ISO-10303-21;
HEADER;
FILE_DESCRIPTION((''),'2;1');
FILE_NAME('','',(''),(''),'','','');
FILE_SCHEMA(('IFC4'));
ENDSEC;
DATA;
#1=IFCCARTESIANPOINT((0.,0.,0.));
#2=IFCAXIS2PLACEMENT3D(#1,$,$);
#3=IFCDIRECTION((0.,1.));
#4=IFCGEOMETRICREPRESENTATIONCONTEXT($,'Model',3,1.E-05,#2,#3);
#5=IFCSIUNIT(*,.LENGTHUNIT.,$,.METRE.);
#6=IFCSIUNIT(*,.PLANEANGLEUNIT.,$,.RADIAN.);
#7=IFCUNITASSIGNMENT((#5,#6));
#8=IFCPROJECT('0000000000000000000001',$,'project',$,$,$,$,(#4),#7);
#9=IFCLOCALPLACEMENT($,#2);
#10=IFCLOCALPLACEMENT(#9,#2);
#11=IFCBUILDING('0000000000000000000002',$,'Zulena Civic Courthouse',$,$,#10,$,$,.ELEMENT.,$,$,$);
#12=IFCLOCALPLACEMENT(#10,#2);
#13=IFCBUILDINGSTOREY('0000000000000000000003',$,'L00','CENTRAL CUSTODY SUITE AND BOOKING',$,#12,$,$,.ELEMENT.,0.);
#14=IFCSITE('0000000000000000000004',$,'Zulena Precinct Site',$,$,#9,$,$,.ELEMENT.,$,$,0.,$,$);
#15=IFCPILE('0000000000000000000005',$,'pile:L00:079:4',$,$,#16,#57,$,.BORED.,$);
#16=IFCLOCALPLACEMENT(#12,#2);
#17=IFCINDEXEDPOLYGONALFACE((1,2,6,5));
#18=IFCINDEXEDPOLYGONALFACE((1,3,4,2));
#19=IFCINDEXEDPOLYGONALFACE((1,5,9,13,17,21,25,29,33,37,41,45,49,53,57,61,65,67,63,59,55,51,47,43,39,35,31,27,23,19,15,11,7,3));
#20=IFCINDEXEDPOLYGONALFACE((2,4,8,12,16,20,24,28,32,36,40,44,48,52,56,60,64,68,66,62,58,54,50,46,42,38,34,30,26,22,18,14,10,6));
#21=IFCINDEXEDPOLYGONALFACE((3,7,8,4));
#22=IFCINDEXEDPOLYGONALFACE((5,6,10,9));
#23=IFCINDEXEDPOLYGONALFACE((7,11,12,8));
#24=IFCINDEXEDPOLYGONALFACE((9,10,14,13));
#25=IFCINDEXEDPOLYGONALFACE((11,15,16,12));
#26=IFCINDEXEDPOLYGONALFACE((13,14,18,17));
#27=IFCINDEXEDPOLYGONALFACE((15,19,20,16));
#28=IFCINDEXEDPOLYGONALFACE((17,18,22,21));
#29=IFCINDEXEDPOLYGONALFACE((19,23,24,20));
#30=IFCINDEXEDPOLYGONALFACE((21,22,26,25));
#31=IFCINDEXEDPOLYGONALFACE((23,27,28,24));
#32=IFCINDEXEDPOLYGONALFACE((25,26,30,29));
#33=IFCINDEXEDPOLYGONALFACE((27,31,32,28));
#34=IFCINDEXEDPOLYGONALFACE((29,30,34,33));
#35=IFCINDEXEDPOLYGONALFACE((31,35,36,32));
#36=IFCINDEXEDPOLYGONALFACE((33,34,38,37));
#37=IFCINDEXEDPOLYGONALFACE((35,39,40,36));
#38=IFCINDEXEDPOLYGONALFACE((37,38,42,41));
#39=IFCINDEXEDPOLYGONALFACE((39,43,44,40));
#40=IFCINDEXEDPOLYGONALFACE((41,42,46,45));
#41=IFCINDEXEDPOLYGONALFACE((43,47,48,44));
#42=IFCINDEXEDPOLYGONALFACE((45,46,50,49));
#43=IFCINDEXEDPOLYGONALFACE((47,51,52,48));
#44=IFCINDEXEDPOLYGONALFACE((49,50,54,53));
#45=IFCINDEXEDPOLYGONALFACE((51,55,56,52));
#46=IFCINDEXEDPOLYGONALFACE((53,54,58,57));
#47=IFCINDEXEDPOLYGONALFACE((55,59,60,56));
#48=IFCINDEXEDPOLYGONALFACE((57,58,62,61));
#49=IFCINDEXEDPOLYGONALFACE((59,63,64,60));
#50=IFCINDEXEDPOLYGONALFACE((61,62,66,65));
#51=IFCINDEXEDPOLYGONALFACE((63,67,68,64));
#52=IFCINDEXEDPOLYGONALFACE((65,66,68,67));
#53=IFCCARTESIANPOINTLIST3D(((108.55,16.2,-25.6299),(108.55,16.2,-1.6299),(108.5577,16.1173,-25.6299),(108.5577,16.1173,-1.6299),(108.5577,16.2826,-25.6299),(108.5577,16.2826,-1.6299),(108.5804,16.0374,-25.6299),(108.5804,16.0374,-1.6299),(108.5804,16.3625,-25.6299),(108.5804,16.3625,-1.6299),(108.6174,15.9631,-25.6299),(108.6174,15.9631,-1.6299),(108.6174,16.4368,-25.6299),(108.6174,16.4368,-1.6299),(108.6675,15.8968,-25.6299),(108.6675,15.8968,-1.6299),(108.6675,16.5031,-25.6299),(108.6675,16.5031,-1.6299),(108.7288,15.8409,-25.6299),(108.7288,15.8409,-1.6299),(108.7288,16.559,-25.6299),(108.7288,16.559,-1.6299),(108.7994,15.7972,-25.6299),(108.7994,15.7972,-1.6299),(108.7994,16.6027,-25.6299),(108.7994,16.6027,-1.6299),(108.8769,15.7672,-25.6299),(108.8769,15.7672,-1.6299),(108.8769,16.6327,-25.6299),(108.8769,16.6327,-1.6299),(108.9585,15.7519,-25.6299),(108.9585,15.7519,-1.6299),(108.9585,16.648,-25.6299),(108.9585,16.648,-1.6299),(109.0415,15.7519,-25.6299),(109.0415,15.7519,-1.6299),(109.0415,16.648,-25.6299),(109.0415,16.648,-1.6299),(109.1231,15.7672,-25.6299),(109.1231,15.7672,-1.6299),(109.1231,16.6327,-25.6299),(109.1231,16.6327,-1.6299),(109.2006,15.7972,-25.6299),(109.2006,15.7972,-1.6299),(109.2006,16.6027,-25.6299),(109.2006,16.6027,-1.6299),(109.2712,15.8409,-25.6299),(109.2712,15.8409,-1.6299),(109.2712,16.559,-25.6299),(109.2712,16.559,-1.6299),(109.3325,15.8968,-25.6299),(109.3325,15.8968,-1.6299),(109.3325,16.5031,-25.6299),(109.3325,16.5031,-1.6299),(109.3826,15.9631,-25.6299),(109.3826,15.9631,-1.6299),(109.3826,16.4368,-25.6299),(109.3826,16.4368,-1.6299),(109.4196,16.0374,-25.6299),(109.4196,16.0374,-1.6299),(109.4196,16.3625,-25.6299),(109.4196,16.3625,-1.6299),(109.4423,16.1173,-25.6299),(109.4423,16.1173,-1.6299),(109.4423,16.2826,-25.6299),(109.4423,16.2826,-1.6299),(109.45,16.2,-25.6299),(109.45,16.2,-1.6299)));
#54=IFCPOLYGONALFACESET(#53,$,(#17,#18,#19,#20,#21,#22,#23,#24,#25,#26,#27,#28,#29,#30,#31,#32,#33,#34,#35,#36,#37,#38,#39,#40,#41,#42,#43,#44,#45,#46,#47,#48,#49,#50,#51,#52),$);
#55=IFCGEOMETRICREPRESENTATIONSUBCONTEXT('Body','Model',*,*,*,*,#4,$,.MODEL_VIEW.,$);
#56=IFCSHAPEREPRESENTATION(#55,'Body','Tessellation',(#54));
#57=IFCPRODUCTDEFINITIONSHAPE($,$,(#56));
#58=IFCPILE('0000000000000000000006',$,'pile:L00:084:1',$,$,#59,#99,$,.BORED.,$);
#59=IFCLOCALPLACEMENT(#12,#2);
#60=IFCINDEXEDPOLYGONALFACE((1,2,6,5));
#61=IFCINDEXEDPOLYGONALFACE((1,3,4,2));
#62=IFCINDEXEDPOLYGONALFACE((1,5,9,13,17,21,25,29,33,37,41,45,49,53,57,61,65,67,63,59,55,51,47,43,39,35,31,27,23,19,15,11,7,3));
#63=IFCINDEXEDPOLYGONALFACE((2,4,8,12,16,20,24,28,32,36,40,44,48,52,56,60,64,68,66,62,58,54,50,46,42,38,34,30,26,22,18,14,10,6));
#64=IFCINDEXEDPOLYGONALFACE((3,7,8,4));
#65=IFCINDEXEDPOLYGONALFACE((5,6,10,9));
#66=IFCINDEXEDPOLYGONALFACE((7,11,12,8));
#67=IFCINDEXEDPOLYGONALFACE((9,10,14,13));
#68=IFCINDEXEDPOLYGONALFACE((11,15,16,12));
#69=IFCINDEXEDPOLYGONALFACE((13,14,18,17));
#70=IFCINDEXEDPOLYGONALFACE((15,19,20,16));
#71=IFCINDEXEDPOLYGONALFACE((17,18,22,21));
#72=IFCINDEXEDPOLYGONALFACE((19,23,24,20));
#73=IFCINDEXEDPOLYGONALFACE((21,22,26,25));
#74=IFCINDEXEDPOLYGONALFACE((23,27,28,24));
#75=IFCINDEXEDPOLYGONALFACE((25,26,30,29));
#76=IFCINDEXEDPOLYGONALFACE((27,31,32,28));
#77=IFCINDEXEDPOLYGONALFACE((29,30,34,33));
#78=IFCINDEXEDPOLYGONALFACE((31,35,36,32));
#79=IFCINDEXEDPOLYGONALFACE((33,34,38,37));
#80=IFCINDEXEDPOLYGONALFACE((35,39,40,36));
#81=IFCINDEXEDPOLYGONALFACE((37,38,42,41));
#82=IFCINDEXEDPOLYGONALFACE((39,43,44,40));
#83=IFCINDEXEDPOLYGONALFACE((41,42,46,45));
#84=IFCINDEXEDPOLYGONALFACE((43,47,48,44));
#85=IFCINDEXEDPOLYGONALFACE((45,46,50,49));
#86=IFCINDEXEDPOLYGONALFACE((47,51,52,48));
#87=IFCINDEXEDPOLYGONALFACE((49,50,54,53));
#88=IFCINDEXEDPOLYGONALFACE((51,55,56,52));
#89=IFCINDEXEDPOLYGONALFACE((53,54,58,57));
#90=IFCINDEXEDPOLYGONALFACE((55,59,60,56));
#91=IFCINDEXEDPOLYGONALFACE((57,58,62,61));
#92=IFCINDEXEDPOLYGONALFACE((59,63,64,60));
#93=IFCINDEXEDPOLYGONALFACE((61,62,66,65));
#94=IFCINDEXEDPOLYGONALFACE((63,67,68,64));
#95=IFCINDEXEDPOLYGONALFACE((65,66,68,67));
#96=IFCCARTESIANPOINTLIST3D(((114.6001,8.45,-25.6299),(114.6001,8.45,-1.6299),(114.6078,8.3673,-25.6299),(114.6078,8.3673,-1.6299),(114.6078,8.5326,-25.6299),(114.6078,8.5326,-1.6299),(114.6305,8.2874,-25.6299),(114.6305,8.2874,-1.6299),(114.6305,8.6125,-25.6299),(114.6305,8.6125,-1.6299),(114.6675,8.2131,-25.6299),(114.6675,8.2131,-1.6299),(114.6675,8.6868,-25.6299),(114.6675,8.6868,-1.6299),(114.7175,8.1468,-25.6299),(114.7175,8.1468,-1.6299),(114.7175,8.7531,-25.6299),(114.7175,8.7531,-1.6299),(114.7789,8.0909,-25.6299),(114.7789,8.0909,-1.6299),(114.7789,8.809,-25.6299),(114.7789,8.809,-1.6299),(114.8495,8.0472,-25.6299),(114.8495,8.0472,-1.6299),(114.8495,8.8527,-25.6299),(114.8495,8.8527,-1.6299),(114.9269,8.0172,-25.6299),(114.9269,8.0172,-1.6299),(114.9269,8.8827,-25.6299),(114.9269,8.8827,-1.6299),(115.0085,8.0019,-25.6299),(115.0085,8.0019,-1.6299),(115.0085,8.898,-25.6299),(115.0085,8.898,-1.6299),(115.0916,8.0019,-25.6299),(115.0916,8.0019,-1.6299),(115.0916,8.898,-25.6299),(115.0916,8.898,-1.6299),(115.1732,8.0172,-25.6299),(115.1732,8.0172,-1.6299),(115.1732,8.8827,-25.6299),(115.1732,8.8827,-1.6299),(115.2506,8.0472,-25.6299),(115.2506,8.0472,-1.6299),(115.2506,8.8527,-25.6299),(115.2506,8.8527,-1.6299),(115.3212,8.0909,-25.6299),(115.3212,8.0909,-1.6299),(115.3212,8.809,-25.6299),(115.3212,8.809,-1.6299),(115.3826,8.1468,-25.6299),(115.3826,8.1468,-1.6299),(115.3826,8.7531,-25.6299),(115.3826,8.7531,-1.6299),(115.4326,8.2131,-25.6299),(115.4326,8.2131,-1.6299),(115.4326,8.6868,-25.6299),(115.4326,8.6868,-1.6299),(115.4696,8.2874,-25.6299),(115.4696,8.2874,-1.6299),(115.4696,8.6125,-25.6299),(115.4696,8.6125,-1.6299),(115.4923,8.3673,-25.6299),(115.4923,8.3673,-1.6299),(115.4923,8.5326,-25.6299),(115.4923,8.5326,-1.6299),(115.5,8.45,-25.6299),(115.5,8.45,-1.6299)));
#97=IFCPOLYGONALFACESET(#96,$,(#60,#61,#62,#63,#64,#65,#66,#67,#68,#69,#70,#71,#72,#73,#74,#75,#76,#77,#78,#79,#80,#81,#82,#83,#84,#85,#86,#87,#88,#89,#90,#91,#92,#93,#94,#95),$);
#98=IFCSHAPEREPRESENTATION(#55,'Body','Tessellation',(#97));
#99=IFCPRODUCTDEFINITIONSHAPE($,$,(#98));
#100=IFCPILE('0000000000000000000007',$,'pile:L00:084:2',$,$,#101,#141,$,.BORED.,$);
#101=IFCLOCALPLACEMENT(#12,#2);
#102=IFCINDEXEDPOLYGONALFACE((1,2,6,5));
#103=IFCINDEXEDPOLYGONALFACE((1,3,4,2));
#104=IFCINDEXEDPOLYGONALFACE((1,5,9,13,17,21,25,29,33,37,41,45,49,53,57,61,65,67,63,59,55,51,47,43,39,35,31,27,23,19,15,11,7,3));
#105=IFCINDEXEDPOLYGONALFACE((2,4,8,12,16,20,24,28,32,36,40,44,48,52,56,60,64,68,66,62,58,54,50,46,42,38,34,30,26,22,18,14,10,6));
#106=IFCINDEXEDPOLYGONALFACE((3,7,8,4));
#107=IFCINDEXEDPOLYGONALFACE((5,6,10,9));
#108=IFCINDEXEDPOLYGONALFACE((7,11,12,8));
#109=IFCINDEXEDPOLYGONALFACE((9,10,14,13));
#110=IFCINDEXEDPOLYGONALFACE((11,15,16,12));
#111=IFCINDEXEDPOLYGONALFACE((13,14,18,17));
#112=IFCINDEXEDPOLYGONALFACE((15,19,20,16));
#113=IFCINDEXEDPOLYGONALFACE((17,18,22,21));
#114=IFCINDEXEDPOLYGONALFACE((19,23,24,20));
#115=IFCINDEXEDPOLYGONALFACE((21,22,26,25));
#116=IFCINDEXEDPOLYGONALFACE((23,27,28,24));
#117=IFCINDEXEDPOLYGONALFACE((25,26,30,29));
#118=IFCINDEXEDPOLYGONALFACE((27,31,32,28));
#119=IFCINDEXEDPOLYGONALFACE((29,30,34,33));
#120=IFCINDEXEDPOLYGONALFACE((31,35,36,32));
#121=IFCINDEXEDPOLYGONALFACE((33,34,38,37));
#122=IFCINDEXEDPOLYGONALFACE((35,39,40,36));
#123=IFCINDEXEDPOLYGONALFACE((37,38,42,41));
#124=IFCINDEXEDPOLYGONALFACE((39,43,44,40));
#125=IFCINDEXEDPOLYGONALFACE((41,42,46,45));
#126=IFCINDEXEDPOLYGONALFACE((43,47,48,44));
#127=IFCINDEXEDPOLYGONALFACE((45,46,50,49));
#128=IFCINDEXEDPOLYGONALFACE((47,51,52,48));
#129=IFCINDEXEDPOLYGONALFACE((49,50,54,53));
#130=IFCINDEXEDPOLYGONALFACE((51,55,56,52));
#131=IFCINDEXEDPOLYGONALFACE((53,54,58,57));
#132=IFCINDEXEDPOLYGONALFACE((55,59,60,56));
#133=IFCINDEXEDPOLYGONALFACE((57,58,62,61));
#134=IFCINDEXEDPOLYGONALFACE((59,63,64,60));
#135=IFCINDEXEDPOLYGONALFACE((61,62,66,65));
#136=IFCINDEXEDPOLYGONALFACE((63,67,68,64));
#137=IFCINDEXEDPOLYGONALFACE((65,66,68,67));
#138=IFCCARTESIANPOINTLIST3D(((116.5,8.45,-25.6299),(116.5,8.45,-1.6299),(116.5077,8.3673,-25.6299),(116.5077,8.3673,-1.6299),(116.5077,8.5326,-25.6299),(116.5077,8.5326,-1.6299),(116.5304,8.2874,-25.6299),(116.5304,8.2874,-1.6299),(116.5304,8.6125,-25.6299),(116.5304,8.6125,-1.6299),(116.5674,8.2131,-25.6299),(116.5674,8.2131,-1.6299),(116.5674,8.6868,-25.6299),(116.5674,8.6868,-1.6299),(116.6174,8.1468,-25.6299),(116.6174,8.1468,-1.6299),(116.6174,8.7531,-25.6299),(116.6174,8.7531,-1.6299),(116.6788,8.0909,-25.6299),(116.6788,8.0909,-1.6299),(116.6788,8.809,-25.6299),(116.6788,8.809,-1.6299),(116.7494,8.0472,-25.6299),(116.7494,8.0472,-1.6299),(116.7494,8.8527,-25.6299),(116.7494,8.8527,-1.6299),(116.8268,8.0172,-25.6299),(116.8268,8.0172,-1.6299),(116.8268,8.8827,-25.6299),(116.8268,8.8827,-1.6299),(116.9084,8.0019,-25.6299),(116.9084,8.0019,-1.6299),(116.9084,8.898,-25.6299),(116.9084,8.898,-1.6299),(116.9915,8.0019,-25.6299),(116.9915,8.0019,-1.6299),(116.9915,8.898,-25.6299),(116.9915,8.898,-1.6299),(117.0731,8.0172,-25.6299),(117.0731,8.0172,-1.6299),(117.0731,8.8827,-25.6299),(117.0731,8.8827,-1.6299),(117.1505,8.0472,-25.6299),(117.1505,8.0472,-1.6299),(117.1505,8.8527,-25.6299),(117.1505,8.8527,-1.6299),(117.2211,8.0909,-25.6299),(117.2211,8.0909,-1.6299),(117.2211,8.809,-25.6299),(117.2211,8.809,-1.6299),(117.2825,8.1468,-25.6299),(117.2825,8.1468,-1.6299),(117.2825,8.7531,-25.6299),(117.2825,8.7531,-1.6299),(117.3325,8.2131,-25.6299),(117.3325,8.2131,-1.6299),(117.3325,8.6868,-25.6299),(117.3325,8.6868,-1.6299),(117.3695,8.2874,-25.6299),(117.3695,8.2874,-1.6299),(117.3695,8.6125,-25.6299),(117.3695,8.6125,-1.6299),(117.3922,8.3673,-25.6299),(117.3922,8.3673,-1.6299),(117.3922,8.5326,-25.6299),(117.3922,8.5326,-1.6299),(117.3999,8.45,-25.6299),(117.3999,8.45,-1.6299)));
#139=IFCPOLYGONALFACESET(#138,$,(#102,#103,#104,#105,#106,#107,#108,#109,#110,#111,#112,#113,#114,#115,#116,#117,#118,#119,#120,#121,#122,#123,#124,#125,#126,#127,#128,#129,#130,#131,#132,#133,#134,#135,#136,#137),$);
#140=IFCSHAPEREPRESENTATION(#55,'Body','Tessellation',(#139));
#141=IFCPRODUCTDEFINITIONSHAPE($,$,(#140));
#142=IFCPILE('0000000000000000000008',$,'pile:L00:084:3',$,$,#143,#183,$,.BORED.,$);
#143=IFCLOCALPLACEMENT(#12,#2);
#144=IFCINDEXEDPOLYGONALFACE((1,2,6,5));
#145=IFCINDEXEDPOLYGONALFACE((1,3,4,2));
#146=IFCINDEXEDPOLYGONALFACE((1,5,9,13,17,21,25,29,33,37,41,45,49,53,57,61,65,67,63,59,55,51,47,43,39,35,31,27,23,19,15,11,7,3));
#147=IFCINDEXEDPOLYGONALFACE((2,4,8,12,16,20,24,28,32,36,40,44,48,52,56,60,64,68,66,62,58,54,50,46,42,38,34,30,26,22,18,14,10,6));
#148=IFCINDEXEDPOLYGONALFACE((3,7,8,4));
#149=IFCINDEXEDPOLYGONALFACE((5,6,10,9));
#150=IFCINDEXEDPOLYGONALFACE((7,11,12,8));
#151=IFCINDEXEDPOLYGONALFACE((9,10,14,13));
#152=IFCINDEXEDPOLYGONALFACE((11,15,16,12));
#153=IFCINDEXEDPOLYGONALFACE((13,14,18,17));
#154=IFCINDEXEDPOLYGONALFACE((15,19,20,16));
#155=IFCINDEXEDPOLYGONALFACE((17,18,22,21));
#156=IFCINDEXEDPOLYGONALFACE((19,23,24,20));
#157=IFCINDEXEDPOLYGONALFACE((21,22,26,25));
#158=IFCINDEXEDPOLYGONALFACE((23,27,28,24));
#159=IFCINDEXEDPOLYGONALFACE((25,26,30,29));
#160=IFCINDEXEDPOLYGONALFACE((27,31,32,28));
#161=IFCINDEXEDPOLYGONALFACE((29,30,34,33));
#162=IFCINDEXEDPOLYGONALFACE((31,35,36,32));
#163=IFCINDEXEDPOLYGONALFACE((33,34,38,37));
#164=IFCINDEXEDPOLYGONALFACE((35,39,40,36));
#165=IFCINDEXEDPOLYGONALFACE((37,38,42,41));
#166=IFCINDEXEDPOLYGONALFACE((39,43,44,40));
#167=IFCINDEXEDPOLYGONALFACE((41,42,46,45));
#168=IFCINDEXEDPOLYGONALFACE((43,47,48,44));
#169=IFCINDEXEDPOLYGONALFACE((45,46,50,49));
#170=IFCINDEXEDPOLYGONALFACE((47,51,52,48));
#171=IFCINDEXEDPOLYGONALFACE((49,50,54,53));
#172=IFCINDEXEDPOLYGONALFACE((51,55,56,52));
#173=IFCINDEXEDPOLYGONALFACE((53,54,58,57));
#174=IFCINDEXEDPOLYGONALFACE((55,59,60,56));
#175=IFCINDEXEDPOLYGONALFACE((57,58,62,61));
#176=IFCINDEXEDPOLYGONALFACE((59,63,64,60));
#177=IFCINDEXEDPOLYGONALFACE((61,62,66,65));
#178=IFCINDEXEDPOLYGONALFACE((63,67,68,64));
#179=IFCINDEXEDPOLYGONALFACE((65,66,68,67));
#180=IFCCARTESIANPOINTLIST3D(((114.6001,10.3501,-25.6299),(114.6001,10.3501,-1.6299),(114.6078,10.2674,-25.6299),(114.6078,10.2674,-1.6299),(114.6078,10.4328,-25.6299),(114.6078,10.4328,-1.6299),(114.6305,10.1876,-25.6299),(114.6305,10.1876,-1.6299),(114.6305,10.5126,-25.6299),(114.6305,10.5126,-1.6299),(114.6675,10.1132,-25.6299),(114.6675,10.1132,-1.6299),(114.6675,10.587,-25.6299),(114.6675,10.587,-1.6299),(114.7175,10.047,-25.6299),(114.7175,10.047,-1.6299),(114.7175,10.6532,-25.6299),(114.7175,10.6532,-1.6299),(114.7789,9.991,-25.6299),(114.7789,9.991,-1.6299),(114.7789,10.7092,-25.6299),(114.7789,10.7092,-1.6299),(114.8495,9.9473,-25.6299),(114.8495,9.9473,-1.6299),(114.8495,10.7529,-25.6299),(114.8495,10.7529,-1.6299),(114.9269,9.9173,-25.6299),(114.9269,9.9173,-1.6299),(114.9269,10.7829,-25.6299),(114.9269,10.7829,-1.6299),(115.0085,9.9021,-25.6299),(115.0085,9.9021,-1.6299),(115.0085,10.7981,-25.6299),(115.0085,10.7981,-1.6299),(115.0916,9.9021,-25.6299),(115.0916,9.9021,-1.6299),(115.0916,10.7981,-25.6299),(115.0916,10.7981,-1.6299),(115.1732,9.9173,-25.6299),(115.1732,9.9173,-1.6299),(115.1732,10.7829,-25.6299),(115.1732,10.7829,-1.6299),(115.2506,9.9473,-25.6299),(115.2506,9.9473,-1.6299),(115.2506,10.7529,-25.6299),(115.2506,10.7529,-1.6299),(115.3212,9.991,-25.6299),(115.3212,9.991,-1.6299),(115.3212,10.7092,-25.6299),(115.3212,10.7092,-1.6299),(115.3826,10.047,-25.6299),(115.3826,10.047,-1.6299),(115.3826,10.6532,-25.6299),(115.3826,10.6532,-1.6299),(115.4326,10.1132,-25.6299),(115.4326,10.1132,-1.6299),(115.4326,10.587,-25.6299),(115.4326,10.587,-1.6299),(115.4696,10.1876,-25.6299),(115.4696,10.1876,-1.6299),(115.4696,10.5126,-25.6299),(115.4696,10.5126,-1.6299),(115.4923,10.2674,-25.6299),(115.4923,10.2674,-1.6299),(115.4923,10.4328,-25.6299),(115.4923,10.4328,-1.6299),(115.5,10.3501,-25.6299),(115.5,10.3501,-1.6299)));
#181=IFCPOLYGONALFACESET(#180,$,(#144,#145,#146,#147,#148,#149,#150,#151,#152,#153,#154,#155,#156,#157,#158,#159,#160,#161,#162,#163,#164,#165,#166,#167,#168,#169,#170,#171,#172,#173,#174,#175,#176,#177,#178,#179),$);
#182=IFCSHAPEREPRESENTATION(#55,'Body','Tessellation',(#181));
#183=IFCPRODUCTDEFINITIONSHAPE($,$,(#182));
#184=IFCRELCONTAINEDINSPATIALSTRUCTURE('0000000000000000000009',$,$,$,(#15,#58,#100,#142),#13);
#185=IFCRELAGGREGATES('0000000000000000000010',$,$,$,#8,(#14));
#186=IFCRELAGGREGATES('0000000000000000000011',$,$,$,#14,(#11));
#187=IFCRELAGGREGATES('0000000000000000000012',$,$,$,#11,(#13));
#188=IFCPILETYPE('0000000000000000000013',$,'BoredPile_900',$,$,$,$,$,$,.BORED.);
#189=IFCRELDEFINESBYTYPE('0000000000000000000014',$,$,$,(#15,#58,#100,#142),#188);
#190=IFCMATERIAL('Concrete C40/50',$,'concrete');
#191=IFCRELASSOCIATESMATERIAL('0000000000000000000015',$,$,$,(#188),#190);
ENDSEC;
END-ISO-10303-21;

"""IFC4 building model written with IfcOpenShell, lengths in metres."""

from ifc_helpers import new_model, si_unit, direction, frame, origin, origin_2d, place, context, subcontext, project, spatial, circle, extrude, material, material_profile, profile_set, type_object, element, save


model = new_model("IFC4")

# Units and contexts
model_context = context("Model", 3, precision=1e-05, world=origin(), true_north=direction((0.0, 1.0)))
body_context = subcontext(model_context, "Body", "Model", "MODEL_VIEW")
ifc_project = project(units=[si_unit("LENGTHUNIT", "METRE"), si_unit("PLANEANGLEUNIT", "RADIAN")], contexts=[model_context])

# Site, building, storey
site_placement = place(None, origin())
site = spatial("IfcSite", under=ifc_project, at=site_placement, Name="Zulena Precinct Site", CompositionType="ELEMENT", RefElevation=0.0)
building_placement = place(site_placement, origin())
building = spatial("IfcBuilding", under=site, at=building_placement, Name="Zulena Civic Courthouse", CompositionType="ELEMENT")
storey_placement = place(building_placement, origin())
storey = spatial("IfcBuildingStorey", under=building, at=storey_placement, Name="L00", Description="CENTRAL CUSTODY SUITE AND BOOKING", CompositionType="ELEMENT", Elevation=0.0)

# Piles
ifc_material_1 = material(Name="Concrete C40/50", Category="concrete")
ifc_material_profile_1 = material_profile(ifc_material_1, circle(Radius=0.45, at=origin_2d()), Name="PILE900")
ifc_profile_set_1 = profile_set([ifc_material_profile_1], Name="Concrete C40/50")
pile_type_1 = type_object("IfcPileType", Name="BoredPile_900", PredefinedType="BORED", material=ifc_profile_set_1)
for number, where, z_axis, x_axis, name in (
    (1, (109.0, 16.2, -1.6299), (0.0, 0.0, -1.0), (1.0, 0.0, 0.0), "pile:L00:079:4"),
    (2, (115.05, 8.45, -1.6299), (0.0, 0.0, -1.0), (1.0, 0.0, 0.0), "pile:L00:084:1"),
    (3, (116.95, 8.45, -1.6299), (0.0, 0.0, -1.0), (1.0, 0.0, 0.0), "pile:L00:084:2"),
    (4, (115.05, 10.3501, -1.6299), (0.0, 0.0, -1.0), (1.0, 0.0, 0.0), "pile:L00:084:3"),
):
    element("IfcPile", number, at=place(storey_placement, frame(where, z_axis=z_axis, x_axis=x_axis)), inside=storey, type_object=pile_type_1, Name=name, PredefinedType="BORED", context=body_context, shape_type="SweptSolid", body=[
        extrude(circle(Radius=0.45, at=origin_2d()), origin(), (0.0, 0.0, 1.0), 24.0),
    ])

save(model, "model.ifc")
